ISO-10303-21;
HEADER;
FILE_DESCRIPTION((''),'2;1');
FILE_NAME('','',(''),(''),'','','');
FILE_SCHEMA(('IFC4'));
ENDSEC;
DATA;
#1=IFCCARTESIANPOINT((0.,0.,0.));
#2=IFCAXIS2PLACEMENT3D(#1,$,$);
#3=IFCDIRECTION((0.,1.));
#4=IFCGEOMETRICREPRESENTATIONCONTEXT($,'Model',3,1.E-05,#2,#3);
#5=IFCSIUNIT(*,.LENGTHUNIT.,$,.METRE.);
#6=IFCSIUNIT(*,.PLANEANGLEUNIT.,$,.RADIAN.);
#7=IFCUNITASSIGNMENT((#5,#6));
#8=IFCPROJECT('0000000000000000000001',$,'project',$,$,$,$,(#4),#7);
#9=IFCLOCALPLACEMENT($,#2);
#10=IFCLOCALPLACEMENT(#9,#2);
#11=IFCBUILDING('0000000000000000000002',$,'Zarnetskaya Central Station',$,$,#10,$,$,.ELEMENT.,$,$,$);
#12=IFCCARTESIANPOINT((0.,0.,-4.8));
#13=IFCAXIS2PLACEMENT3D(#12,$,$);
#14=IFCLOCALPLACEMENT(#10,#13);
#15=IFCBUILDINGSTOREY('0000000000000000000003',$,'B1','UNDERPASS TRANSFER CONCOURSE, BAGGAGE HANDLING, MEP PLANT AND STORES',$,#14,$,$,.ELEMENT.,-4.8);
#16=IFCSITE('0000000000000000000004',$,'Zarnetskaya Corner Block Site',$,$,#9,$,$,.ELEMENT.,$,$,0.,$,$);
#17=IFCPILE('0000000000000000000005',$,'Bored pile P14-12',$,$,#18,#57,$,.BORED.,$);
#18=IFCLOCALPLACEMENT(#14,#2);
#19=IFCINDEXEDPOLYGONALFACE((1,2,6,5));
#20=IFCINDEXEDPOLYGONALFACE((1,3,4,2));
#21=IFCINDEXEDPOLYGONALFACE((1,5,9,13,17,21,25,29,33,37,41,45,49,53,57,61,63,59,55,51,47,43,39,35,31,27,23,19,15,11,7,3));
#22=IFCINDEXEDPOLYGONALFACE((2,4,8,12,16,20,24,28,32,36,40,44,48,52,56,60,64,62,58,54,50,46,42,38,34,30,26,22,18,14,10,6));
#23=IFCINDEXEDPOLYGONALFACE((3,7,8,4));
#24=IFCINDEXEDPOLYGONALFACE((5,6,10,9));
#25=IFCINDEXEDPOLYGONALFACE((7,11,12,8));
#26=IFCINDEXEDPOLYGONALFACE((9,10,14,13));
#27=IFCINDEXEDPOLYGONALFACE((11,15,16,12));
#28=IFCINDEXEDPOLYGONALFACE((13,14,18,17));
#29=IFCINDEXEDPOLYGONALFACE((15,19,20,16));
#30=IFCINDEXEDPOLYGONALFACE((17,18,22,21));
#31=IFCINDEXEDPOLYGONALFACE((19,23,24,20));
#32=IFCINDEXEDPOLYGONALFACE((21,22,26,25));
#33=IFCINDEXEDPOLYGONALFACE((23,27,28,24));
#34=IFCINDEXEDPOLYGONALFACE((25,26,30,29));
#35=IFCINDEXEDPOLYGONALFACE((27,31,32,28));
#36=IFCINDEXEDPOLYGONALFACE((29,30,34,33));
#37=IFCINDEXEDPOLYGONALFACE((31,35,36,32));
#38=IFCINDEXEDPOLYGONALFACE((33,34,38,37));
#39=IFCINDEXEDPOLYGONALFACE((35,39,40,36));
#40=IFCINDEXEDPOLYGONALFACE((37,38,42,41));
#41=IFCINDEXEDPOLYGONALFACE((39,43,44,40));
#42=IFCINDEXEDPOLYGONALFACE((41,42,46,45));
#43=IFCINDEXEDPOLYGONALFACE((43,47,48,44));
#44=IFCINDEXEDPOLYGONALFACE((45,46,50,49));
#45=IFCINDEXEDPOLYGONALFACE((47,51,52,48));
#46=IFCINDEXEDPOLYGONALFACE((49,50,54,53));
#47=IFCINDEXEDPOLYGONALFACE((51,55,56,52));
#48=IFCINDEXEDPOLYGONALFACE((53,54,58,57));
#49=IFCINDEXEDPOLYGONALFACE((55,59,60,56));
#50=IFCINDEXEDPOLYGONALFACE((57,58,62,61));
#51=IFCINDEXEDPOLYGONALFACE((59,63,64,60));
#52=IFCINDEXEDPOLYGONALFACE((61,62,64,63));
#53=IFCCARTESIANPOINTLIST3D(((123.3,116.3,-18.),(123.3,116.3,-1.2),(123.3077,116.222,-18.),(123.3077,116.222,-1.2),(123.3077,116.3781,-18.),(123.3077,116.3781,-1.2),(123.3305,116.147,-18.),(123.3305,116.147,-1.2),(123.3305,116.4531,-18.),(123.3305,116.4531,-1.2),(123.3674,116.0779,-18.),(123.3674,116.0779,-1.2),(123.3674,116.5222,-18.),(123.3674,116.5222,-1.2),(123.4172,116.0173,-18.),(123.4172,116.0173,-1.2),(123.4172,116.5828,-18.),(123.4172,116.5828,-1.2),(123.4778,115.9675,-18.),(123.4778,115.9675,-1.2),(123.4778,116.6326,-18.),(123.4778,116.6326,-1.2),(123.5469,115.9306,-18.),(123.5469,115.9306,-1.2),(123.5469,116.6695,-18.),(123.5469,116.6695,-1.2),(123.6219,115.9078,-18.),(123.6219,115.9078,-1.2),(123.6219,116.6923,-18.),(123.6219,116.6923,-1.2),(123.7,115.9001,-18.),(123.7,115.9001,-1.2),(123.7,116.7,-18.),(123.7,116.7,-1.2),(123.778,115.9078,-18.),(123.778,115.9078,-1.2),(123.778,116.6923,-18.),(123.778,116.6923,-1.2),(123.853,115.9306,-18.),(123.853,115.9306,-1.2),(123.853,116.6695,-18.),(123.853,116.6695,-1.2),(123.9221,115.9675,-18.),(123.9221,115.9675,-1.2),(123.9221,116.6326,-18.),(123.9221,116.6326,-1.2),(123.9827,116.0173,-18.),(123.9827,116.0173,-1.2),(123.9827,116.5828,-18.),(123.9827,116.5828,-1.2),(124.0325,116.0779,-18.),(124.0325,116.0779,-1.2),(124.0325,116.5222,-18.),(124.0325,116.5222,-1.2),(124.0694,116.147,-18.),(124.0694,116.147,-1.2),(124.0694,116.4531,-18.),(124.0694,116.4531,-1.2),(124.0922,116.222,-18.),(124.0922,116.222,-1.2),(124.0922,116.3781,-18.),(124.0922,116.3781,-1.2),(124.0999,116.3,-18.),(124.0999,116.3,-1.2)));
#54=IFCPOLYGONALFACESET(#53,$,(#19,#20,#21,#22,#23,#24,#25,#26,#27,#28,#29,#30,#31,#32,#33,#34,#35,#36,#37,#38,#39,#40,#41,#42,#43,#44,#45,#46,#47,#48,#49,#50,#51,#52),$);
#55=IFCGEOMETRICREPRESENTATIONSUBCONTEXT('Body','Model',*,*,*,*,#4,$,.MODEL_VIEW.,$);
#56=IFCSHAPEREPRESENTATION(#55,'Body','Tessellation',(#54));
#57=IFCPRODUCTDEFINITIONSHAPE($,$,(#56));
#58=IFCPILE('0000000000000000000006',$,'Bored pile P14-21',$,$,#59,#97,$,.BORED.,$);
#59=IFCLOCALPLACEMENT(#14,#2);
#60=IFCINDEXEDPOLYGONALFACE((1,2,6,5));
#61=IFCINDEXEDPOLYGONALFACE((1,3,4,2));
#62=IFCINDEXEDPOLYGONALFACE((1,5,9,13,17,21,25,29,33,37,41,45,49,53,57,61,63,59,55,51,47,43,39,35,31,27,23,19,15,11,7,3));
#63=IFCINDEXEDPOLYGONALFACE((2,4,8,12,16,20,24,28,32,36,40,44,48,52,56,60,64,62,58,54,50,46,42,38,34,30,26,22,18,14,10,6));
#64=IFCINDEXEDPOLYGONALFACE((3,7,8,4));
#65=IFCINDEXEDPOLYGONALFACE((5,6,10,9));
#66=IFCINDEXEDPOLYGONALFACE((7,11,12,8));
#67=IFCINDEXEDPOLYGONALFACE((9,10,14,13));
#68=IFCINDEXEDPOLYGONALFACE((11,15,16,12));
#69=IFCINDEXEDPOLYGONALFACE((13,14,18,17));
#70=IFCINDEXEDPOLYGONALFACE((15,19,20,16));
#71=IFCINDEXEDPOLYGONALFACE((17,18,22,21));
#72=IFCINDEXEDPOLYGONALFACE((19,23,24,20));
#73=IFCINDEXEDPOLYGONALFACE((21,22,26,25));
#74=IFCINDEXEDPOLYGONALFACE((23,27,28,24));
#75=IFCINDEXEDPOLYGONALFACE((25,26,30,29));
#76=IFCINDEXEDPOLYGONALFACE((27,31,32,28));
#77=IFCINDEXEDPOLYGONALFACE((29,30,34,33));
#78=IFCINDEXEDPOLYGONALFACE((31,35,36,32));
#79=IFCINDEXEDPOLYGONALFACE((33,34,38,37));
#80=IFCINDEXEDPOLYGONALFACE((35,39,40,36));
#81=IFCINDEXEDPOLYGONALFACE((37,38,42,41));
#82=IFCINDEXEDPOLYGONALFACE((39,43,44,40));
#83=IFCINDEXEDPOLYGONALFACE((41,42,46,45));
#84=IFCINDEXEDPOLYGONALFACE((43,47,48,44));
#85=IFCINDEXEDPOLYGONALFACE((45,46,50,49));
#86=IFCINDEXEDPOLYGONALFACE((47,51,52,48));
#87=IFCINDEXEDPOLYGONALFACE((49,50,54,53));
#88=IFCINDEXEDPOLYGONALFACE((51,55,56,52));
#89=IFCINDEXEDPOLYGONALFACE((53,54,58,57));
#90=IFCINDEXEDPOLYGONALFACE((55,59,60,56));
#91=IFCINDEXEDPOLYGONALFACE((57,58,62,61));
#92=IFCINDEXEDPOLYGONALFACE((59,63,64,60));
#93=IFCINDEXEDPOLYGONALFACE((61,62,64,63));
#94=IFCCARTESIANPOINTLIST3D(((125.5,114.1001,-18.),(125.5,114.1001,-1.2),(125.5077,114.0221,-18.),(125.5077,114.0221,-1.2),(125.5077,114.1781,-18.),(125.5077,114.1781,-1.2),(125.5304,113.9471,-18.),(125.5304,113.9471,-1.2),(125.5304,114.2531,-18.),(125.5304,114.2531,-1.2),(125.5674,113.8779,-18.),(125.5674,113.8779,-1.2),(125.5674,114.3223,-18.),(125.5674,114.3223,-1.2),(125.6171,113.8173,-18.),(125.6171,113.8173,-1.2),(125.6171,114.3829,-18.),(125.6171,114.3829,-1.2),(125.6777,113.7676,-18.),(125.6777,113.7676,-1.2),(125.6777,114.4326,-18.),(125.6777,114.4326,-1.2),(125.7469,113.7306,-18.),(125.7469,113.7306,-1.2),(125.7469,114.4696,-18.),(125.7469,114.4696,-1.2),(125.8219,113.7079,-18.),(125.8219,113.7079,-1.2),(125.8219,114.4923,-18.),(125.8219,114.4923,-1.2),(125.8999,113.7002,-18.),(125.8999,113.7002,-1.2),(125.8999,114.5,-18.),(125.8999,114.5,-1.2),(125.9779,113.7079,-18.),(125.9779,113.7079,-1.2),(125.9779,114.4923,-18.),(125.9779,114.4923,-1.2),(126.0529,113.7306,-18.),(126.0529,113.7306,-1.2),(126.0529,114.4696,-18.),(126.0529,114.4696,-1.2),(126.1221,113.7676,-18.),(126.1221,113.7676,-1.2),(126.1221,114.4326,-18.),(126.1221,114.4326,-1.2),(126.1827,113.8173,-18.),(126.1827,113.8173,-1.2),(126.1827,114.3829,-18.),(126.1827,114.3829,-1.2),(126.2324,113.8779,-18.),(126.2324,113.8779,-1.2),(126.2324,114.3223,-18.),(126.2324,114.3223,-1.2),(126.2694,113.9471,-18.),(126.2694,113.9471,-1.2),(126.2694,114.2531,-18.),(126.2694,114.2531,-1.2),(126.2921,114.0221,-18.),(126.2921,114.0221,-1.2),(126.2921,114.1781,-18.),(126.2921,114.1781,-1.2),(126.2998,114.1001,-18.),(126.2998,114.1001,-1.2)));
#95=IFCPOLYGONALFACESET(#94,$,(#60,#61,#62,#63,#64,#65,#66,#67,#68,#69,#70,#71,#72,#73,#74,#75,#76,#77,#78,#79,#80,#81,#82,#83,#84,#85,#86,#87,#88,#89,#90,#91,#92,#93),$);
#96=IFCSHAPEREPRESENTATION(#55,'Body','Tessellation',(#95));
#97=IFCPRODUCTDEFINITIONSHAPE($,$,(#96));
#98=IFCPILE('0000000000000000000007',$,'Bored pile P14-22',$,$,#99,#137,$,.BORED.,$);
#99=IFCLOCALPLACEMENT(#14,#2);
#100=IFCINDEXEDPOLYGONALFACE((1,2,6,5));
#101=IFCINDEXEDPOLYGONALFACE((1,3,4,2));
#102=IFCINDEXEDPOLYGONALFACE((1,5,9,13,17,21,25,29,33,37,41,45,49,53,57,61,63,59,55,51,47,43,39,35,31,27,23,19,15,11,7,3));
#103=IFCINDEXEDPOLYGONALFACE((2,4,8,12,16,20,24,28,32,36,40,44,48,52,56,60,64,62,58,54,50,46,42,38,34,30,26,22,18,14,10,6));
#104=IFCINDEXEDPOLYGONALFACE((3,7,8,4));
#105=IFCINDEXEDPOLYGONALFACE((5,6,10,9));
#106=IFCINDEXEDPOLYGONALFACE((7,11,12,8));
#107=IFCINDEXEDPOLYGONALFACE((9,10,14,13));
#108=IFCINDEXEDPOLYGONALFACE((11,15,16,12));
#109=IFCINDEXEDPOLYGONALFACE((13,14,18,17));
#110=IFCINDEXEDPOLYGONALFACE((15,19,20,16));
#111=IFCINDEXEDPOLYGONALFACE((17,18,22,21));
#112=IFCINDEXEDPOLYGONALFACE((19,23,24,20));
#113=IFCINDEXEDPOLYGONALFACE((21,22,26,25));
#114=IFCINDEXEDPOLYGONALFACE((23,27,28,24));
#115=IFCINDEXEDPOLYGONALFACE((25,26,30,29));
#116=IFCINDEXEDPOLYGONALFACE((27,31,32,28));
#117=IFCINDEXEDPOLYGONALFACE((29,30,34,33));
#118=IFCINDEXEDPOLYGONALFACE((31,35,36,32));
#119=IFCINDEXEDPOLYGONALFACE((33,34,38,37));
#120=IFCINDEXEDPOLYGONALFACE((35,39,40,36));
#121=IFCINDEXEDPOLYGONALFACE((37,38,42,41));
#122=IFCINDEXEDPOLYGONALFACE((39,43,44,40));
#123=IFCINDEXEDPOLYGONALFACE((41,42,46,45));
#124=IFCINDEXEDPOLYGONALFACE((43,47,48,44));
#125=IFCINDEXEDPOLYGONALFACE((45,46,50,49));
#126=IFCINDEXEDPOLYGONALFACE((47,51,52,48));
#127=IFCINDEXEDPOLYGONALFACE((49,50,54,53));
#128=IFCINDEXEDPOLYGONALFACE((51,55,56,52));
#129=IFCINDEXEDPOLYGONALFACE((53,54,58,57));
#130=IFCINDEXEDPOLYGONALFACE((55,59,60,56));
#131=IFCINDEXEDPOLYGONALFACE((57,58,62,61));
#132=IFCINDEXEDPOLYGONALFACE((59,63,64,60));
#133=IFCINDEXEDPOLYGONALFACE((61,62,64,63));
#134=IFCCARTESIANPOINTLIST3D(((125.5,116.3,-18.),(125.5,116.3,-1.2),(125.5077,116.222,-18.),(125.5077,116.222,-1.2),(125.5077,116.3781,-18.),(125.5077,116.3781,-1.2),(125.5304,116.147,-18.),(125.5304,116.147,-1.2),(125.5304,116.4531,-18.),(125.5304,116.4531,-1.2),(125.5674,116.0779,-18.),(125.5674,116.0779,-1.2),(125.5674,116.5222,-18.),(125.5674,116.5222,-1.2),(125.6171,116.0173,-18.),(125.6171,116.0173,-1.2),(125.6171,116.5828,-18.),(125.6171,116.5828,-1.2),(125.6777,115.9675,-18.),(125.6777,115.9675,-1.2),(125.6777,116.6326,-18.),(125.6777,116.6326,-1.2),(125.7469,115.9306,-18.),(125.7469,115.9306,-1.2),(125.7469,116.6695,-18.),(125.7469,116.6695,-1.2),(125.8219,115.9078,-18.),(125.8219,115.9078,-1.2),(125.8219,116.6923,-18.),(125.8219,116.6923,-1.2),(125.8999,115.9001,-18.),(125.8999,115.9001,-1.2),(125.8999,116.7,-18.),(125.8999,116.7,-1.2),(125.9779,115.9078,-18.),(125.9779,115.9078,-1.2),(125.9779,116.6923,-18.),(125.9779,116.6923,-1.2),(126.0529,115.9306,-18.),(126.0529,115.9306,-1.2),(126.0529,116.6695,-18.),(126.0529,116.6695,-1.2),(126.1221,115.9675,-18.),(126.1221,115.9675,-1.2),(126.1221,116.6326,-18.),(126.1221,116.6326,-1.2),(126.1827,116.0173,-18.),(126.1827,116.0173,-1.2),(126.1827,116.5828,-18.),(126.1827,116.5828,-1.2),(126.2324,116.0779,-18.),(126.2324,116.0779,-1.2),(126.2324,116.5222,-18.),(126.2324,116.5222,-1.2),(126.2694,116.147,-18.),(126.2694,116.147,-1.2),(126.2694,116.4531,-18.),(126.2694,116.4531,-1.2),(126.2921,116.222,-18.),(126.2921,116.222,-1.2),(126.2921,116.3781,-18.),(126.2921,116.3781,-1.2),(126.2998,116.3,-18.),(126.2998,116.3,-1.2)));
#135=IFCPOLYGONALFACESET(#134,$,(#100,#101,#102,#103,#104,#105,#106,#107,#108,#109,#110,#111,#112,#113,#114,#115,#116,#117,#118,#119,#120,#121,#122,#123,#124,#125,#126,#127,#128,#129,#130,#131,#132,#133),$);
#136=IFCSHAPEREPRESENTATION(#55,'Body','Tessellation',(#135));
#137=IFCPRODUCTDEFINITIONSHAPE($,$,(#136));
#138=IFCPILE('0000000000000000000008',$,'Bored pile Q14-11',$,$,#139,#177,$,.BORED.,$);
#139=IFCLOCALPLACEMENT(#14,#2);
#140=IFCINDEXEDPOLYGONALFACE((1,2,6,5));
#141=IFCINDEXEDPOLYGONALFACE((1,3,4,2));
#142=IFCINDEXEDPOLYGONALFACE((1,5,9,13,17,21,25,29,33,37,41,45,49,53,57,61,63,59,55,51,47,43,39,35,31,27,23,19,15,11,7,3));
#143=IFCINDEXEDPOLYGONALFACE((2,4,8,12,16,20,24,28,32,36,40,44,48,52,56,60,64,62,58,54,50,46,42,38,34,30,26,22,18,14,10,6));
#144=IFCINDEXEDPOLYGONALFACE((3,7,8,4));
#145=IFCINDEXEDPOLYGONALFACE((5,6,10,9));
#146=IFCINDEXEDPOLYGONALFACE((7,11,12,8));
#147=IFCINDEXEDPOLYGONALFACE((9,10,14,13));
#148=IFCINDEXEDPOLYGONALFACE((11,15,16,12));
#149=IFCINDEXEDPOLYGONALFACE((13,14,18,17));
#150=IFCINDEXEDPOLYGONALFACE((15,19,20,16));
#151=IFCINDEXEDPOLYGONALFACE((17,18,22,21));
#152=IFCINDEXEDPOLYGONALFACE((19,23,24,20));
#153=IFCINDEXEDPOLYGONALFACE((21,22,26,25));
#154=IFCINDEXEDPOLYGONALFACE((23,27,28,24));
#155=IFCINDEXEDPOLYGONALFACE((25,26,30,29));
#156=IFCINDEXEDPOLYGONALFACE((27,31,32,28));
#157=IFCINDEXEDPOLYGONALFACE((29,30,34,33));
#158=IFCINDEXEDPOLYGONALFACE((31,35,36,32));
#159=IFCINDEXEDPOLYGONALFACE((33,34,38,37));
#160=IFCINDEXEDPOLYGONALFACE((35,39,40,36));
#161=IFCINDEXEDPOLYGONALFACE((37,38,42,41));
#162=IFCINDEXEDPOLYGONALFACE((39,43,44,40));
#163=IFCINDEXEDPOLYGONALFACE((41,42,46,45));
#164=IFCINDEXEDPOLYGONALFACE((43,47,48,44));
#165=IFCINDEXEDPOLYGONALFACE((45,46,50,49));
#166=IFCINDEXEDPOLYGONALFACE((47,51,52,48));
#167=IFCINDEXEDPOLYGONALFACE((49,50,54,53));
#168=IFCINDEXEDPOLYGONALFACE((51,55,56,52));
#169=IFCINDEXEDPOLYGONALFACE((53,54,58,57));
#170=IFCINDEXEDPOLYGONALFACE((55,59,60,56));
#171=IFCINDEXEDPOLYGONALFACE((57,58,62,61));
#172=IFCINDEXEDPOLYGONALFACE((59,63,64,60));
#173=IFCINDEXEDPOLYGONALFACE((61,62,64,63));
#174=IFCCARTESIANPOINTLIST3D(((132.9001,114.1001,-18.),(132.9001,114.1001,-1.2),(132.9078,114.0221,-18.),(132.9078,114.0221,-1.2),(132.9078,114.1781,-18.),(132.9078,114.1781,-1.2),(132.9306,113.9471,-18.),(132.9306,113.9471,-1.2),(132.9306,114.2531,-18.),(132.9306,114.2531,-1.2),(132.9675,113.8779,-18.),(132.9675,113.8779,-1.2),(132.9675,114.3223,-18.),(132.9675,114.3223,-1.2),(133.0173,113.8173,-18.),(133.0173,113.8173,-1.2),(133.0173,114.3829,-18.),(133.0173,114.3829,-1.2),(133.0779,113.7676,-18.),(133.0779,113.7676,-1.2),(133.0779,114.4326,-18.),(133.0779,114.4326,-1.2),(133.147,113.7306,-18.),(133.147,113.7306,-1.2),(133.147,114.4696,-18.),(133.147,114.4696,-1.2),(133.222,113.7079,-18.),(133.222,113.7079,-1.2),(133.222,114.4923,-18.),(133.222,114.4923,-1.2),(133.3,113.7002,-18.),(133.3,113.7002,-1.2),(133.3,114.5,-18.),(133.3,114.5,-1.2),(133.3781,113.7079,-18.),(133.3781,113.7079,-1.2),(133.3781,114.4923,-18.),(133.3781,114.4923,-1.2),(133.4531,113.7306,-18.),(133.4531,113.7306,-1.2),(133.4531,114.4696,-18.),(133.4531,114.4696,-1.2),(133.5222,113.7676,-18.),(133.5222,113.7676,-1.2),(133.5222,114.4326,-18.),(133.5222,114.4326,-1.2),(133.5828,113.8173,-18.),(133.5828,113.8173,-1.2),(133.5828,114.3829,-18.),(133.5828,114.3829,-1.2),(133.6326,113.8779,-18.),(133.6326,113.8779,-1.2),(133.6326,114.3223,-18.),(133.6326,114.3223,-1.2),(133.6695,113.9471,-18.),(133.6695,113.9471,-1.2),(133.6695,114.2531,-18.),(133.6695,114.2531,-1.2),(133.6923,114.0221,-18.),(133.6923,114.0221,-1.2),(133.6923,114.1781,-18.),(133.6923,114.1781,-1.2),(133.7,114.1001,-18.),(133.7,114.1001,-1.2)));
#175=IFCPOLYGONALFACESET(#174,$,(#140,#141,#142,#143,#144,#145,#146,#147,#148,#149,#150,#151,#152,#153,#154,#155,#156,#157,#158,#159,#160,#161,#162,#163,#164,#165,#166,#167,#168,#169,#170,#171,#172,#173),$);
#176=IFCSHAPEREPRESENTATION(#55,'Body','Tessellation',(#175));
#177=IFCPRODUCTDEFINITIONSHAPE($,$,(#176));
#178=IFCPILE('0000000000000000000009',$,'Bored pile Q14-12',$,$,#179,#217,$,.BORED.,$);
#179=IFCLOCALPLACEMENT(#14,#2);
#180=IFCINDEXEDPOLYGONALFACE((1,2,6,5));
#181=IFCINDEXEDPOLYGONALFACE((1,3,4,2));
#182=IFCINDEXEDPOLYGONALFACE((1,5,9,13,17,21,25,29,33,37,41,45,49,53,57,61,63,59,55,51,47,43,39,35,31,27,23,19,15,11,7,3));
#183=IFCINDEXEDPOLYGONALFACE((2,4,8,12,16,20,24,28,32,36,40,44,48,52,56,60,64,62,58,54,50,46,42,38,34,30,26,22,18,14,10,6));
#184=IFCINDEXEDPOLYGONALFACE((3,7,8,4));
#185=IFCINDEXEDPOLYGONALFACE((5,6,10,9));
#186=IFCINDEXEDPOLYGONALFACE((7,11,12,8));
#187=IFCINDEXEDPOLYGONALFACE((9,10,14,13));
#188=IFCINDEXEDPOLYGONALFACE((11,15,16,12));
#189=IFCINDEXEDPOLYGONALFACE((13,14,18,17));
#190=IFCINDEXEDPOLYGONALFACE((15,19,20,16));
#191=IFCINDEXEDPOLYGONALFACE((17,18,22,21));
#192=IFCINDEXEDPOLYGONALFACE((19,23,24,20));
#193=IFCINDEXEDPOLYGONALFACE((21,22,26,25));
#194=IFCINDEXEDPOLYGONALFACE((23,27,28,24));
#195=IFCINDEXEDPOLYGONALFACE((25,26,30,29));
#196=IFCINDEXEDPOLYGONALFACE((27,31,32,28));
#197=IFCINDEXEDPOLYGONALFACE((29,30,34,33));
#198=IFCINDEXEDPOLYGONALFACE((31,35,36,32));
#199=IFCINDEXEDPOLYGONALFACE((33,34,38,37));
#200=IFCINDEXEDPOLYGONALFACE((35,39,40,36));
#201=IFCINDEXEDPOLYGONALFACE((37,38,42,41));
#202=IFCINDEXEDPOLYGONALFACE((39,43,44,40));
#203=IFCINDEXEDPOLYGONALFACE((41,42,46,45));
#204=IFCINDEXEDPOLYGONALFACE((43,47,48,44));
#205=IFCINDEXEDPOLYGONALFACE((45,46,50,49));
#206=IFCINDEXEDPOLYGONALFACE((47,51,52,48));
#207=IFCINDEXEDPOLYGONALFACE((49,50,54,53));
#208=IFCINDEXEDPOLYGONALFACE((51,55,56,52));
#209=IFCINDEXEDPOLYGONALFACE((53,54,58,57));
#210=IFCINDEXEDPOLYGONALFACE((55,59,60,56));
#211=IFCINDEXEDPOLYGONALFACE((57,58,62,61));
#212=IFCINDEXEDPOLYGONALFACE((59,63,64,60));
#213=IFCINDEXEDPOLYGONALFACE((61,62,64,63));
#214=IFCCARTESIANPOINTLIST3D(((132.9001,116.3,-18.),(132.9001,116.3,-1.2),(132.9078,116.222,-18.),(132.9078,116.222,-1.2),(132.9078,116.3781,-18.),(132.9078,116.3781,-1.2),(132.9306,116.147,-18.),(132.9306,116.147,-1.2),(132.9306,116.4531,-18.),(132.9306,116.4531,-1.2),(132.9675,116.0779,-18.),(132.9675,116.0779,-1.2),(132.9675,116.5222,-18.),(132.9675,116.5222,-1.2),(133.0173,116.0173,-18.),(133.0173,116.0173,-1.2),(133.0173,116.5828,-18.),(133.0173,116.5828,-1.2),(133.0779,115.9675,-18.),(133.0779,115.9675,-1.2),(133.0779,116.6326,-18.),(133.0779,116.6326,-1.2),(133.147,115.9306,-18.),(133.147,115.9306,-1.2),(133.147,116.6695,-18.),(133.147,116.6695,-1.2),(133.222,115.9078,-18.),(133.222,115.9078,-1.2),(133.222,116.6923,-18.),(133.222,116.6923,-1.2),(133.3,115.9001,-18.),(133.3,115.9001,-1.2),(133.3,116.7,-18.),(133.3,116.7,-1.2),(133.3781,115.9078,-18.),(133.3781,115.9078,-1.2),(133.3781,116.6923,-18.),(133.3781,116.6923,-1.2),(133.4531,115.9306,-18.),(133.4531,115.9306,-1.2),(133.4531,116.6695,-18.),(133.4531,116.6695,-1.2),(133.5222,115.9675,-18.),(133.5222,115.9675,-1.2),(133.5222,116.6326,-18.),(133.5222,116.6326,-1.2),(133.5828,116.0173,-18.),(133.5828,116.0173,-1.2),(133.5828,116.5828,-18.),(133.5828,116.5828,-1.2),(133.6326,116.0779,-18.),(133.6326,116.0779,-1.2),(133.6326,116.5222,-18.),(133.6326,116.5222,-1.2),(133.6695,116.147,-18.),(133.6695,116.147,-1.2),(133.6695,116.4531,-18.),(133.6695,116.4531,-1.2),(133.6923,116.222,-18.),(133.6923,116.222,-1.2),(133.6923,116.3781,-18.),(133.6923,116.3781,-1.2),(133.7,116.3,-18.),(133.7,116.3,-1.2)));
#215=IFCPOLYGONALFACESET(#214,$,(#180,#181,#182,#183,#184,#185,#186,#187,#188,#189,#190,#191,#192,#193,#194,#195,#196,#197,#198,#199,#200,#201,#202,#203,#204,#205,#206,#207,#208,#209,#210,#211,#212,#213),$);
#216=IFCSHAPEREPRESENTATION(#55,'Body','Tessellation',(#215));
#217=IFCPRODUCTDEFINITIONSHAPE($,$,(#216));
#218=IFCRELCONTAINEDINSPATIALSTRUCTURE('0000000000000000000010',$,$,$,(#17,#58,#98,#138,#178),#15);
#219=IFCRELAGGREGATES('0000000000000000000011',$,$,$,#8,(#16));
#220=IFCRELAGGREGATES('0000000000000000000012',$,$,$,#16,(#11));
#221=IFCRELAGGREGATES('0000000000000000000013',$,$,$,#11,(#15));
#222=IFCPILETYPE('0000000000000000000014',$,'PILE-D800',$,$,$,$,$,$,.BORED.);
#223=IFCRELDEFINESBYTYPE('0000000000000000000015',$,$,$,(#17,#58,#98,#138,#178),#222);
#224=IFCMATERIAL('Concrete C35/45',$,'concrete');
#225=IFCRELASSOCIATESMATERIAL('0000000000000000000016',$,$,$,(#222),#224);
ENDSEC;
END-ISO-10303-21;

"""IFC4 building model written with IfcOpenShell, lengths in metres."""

from ifc_helpers import new_model, si_unit, direction, frame, origin, origin_2d, place, context, subcontext, project, spatial, circle, extrude, material, material_profile, profile_set, type_object, element, save


model = new_model("IFC4")

# Units and contexts
model_context = context("Model", 3, precision=1e-05, world=origin(), true_north=direction((0.0, 1.0)))
body_context = subcontext(model_context, "Body", "Model", "MODEL_VIEW")
ifc_project = project(units=[si_unit("LENGTHUNIT", "METRE"), si_unit("PLANEANGLEUNIT", "RADIAN")], contexts=[model_context])

# Site, building, storey
site_placement = place(None, origin())
site = spatial("IfcSite", under=ifc_project, at=site_placement, Name="Zarnetskaya Corner Block Site", CompositionType="ELEMENT", RefElevation=0.0)
building_placement = place(site_placement, origin())
building = spatial("IfcBuilding", under=site, at=building_placement, Name="Zarnetskaya Central Station", CompositionType="ELEMENT")
storey_placement = place(building_placement, frame((0.0, 0.0, -4.8)))
storey = spatial("IfcBuildingStorey", under=building, at=storey_placement, Name="B1", Description="UNDERPASS TRANSFER CONCOURSE, BAGGAGE HANDLING, MEP PLANT AND STORES", CompositionType="ELEMENT", Elevation=-4.8)

# Shared definitions
ifc_material = material(Name="Concrete C35/45", Category="concrete")

# Piles
ifc_material_profile_1 = material_profile(ifc_material, circle(Radius=0.3999, at=origin_2d()), Name="BORED PILE D800")
ifc_profile_set_1 = profile_set([ifc_material_profile_1], Name="Concrete C35/45")
pile_type_1 = type_object("IfcPileType", Name="PILE-D800", PredefinedType="BORED", material=ifc_profile_set_1)
for number, where, z_axis, x_axis, name in (
    (1, (123.7, 116.3, -1.2), (0.0, 0.0, -1.0), (1.0, 0.0, 0.0), "Bored pile P14-12"),
    (2, (125.8999, 114.1001, -1.2), (0.0, 0.0, -1.0), (1.0, 0.0, 0.0), "Bored pile P14-21"),
    (3, (125.8999, 116.3, -1.2), (0.0, 0.0, -1.0), (1.0, 0.0, 0.0), "Bored pile P14-22"),
    (4, (133.3, 114.1001, -1.2), (0.0, 0.0, -1.0), (1.0, 0.0, 0.0), "Bored pile Q14-11"),
    (5, (133.3, 116.3, -1.2), (0.0, 0.0, -1.0), (1.0, 0.0, 0.0), "Bored pile Q14-12"),
):
    element("IfcPile", number, at=place(storey_placement, frame(where, z_axis=z_axis, x_axis=x_axis)), inside=storey, type_object=pile_type_1, Name=name, PredefinedType="BORED", context=body_context, shape_type="SweptSolid", body=[
        extrude(circle(Radius=0.3999, at=origin_2d()), origin(), (0.0, 0.0, 1.0), 16.8),
    ])

save(model, "model.ifc")
